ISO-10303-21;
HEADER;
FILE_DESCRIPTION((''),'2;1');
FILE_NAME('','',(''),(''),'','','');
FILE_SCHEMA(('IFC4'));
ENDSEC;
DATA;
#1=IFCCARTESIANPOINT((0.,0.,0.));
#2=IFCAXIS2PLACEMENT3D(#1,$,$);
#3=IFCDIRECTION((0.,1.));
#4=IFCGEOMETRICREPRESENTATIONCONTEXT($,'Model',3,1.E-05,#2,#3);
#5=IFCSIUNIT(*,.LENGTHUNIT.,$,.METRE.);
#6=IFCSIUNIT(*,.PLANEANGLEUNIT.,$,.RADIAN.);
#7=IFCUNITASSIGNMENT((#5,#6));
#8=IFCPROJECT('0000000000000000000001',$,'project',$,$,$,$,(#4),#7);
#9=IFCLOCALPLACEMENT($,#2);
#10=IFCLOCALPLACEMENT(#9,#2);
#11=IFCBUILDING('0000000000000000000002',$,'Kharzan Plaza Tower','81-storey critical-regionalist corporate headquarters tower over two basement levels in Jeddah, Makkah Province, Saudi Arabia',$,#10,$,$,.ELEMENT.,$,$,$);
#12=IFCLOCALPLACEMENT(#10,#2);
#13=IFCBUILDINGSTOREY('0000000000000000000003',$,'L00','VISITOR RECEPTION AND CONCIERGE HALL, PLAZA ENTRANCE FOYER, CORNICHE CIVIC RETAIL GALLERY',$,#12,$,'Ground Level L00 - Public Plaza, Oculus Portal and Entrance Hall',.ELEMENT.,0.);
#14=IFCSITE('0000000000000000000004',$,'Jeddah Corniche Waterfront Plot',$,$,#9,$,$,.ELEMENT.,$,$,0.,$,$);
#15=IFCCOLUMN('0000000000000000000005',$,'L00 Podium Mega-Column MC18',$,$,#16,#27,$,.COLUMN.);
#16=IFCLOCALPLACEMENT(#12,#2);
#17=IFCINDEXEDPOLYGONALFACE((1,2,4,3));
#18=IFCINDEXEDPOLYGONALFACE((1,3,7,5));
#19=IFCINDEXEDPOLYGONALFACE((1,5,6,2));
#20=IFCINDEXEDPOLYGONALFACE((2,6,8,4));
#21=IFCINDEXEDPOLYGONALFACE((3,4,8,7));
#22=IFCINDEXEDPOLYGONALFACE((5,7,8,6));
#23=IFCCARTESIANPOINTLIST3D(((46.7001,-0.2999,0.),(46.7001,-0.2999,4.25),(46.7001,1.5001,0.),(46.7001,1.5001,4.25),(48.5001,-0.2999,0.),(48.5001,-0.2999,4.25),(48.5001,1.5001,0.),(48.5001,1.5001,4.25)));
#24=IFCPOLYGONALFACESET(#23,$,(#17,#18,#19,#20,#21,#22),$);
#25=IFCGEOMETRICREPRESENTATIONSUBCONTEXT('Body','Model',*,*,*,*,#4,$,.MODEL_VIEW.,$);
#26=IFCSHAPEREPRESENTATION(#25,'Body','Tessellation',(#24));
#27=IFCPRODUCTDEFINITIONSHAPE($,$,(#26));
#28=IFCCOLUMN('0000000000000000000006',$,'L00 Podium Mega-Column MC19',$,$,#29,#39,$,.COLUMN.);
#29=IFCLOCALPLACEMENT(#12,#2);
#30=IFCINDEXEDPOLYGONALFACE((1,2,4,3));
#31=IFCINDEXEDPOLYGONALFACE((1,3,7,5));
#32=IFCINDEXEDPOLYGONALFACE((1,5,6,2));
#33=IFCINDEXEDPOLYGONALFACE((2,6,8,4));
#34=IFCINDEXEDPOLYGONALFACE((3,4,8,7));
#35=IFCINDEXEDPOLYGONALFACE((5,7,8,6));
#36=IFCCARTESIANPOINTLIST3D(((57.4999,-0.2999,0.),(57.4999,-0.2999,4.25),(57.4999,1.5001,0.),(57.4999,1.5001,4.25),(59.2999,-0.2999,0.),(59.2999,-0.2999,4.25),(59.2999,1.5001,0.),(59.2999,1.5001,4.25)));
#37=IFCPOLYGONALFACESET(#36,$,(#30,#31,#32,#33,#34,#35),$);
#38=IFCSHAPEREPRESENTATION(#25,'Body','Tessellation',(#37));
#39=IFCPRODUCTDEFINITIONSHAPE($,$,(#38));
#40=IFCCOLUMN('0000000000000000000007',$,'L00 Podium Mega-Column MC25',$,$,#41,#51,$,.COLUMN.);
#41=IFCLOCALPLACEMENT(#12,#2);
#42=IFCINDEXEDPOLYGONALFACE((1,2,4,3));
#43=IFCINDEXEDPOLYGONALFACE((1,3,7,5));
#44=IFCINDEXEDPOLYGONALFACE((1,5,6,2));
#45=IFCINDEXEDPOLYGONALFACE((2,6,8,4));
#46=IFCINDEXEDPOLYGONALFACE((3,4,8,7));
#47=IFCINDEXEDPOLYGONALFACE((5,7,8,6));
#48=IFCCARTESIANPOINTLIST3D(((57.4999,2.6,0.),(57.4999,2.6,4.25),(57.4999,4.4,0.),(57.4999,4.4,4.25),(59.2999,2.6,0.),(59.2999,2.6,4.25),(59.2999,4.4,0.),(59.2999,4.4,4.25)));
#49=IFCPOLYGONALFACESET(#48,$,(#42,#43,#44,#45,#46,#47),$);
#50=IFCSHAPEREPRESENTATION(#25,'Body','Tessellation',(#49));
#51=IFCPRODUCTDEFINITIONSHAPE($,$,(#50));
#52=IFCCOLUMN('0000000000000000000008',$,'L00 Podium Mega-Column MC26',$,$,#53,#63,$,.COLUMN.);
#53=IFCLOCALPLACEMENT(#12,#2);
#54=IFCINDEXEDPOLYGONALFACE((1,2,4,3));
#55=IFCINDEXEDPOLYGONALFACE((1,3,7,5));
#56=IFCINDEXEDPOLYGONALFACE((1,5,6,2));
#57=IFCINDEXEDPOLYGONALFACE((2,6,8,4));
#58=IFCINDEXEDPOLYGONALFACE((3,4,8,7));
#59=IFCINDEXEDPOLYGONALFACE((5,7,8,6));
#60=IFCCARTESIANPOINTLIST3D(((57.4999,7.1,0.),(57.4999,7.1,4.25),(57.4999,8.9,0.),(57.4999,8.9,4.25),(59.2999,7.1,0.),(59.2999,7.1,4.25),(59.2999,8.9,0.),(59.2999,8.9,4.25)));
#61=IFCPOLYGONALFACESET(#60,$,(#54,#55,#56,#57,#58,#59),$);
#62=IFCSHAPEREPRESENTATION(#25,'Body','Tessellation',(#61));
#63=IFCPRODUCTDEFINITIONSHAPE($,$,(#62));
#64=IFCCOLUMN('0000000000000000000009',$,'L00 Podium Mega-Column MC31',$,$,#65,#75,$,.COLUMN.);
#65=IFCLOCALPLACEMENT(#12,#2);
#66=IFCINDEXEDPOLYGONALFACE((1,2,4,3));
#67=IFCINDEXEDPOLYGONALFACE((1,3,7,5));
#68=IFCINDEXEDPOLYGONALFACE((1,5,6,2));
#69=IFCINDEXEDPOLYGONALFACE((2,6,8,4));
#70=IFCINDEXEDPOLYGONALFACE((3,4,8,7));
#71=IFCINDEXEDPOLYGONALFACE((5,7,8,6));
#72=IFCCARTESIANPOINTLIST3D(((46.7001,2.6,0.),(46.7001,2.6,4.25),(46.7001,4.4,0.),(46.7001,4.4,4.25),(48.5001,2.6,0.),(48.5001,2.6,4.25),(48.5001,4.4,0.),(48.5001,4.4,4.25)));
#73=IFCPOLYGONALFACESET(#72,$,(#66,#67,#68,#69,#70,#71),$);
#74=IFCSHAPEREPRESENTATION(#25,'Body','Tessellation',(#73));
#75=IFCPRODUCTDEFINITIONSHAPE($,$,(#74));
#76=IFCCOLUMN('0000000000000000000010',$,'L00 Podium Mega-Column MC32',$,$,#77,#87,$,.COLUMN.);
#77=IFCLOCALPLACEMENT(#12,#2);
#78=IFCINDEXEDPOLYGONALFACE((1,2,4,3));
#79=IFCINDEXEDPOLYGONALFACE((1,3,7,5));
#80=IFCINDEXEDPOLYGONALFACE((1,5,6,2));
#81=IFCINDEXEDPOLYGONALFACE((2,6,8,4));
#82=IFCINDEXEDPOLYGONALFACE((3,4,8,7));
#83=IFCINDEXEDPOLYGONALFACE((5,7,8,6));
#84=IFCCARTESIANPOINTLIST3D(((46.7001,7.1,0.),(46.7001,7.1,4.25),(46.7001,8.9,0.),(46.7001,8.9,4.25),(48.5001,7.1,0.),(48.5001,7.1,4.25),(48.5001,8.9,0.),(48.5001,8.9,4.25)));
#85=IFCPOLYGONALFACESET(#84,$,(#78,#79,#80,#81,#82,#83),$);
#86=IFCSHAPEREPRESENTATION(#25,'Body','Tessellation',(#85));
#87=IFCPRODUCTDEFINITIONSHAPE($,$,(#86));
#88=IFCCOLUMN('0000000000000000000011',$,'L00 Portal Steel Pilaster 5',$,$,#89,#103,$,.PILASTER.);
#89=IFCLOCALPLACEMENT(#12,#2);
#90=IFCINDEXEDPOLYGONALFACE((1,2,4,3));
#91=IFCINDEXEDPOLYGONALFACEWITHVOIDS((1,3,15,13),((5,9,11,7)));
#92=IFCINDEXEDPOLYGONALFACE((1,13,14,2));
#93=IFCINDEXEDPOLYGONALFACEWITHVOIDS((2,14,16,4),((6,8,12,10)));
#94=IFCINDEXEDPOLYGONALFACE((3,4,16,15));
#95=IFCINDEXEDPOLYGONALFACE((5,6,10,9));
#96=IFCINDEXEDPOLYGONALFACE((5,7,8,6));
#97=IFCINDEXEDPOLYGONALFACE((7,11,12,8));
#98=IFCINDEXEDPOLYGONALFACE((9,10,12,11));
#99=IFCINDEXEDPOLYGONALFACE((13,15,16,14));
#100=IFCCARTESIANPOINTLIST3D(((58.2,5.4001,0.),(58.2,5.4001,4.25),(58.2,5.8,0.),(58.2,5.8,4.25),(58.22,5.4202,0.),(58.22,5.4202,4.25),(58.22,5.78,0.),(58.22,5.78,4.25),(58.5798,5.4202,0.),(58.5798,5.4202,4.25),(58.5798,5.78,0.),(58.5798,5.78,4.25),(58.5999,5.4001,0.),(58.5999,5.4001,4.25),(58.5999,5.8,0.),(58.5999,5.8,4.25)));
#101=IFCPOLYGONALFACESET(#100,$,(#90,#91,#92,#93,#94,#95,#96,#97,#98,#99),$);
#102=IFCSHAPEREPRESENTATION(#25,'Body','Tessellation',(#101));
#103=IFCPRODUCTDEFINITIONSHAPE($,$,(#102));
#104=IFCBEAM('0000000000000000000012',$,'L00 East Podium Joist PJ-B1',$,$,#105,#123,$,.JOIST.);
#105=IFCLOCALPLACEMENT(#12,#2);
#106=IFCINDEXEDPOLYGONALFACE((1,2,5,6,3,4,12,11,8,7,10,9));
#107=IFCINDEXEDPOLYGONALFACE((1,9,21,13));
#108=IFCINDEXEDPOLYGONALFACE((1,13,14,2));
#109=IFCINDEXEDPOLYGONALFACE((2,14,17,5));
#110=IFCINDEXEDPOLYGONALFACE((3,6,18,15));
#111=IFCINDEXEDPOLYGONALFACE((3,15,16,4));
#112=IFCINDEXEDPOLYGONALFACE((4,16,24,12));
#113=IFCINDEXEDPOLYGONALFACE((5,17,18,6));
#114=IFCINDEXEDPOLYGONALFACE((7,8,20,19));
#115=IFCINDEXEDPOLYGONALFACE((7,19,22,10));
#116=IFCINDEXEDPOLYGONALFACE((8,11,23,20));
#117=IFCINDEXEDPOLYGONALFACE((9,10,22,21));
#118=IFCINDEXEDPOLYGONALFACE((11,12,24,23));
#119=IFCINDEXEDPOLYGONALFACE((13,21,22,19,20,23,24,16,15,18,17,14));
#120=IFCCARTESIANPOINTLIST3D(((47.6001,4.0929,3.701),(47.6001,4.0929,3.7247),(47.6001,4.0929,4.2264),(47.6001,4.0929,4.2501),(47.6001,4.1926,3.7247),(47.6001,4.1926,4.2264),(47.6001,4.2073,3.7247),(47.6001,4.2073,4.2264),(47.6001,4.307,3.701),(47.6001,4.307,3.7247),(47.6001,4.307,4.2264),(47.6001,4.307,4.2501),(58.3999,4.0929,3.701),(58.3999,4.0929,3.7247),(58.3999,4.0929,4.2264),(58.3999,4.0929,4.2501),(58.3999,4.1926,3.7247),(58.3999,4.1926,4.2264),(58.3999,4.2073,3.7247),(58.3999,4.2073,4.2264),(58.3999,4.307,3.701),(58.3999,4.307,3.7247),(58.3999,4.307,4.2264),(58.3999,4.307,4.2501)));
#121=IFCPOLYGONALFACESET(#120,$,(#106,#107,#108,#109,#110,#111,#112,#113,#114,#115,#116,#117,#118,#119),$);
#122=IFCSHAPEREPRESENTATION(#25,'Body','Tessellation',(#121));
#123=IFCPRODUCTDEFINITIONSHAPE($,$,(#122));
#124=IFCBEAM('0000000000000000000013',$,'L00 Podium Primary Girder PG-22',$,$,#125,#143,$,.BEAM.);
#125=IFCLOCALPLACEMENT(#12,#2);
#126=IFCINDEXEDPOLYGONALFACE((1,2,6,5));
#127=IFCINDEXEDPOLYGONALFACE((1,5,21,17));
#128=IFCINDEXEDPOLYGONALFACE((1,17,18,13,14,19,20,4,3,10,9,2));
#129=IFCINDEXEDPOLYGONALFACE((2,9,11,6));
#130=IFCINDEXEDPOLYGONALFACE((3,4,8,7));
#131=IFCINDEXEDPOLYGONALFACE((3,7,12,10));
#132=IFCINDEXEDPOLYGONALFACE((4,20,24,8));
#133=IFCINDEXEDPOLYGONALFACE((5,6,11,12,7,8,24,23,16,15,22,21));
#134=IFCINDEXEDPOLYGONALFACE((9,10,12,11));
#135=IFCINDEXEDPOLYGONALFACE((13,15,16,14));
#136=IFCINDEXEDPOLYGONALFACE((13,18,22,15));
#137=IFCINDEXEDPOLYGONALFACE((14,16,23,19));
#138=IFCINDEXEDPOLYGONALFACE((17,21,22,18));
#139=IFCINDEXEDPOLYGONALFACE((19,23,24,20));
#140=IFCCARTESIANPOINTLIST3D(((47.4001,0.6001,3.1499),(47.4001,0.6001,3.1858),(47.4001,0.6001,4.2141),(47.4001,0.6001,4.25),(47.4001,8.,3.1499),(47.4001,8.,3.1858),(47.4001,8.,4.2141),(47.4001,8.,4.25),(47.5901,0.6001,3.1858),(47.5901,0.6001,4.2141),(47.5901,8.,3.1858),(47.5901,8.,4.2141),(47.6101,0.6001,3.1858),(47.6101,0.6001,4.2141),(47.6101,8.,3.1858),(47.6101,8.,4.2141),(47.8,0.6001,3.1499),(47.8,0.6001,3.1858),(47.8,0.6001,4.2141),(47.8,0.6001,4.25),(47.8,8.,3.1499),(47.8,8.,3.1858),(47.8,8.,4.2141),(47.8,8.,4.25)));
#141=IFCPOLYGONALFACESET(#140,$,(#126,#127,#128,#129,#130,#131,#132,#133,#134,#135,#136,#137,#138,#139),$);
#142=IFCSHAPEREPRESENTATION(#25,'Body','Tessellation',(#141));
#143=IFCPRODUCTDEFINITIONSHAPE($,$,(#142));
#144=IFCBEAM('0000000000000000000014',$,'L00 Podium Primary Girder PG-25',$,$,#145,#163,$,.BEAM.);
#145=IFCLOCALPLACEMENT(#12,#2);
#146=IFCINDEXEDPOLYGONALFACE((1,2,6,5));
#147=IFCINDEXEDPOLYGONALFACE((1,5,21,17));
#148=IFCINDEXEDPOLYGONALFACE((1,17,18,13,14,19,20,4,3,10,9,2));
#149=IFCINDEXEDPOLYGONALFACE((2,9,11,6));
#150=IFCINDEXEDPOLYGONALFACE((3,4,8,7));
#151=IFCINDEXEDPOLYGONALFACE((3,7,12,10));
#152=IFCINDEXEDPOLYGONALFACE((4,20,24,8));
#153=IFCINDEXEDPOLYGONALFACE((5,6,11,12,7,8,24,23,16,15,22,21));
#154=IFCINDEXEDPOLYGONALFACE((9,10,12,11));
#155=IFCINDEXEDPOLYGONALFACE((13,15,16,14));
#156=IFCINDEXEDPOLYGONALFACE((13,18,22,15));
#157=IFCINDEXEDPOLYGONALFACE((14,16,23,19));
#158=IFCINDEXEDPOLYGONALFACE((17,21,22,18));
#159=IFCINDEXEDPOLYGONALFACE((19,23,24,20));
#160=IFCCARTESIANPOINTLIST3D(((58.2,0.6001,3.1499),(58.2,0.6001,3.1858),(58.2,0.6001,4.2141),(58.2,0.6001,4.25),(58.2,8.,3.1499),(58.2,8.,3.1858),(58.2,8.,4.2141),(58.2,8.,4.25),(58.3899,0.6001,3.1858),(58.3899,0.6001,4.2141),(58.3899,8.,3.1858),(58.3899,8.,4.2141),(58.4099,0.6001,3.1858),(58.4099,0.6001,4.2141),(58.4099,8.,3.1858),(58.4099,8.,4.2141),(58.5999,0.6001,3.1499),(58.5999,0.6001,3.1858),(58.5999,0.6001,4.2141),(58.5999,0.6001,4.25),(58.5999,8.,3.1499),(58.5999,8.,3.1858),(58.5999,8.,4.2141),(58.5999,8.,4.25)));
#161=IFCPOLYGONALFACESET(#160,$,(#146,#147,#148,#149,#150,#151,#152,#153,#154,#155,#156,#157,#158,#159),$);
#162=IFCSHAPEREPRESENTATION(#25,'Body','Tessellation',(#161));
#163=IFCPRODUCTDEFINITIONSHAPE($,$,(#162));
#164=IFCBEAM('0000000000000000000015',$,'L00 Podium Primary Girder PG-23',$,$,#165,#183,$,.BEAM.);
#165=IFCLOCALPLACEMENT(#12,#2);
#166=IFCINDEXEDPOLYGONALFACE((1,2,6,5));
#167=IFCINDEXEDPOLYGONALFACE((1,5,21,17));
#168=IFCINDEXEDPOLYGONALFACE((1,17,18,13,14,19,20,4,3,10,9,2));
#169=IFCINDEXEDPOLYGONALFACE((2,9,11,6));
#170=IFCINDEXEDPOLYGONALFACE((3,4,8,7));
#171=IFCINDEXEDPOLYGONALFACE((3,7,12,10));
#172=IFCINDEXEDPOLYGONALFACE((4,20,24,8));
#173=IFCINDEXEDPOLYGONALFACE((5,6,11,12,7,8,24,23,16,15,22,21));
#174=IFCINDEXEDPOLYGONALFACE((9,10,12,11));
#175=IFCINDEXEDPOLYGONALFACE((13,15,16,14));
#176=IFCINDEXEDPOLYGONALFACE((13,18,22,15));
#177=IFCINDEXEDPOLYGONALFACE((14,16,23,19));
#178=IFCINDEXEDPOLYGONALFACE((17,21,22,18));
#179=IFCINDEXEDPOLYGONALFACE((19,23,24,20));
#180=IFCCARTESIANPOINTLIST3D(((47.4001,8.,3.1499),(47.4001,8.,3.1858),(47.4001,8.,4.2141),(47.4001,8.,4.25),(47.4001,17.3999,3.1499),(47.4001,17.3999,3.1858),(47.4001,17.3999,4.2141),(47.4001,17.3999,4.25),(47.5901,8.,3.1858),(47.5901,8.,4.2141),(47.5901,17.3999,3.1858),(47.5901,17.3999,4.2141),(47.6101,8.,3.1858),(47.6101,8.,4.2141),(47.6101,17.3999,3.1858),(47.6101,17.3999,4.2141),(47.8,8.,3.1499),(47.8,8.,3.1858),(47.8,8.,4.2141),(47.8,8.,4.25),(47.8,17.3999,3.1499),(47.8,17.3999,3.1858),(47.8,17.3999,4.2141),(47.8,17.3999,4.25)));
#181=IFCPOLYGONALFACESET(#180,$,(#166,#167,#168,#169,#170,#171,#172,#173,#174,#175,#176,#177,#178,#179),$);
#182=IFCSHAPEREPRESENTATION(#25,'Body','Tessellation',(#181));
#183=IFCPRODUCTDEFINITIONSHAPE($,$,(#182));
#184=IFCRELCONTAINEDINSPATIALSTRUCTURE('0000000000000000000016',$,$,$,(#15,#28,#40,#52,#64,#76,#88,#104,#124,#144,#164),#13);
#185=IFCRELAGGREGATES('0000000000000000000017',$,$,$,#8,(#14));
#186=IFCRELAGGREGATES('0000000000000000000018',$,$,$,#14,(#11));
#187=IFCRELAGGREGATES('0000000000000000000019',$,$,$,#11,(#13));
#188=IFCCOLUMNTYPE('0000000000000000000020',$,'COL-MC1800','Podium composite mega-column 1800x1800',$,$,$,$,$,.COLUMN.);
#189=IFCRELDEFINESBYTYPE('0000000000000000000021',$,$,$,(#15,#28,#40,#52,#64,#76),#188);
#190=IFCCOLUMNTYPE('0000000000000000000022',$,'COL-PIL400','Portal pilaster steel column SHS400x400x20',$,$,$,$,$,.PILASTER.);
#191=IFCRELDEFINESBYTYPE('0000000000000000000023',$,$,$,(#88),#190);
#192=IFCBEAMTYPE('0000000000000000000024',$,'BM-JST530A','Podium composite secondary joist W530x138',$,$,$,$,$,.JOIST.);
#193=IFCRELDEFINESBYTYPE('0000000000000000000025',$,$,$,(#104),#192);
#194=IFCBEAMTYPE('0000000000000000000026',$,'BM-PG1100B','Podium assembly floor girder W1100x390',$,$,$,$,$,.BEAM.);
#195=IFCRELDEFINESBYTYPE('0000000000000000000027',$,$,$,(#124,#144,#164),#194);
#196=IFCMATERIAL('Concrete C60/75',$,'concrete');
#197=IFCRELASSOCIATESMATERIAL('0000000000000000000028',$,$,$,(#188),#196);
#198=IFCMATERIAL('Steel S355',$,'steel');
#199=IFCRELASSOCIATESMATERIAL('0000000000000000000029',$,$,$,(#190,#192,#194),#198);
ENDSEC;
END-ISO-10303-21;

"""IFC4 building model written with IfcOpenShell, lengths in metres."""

from ifc_helpers import new_model, si_unit, direction, frame, origin, origin_2d, place, context, subcontext, project, spatial, rectangle, hollow_rectangle, i_section, extrude, source, transform, mapped, material, material_profile, profile_set, type_object, element, save


model = new_model("IFC4")

# Units and contexts
model_context = context("Model", 3, precision=1e-05, world=origin(), true_north=direction((0.0, 1.0)))
body_context = subcontext(model_context, "Body", "Model", "MODEL_VIEW")
ifc_project = project(units=[si_unit("LENGTHUNIT", "METRE"), si_unit("PLANEANGLEUNIT", "RADIAN")], contexts=[model_context])

# Site, building, storey
site_placement = place(None, origin())
site = spatial("IfcSite", under=ifc_project, at=site_placement, Name="Jeddah Corniche Waterfront Plot", CompositionType="ELEMENT", RefElevation=0.0)
building_placement = place(site_placement, origin())
building = spatial("IfcBuilding", under=site, at=building_placement, Name="Kharzan Plaza Tower", Description="81-storey critical-regionalist corporate headquarters tower over two basement levels in Jeddah, Makkah Province, Saudi Arabia", CompositionType="ELEMENT")
storey_placement = place(building_placement, origin())
storey = spatial("IfcBuildingStorey", under=building, at=storey_placement, Name="L00", Description="VISITOR RECEPTION AND CONCIERGE HALL, PLAZA ENTRANCE FOYER, CORNICHE CIVIC RETAIL GALLERY", LongName="Ground Level L00 - Public Plaza, Oculus Portal and Entrance Hall", CompositionType="ELEMENT", Elevation=0.0)

# Columns
ifc_material_1 = material(Name="Concrete C60/75", Category="concrete")
ifc_material_profile_1 = material_profile(ifc_material_1, rectangle(XDim=1.8, YDim=1.8, at=origin_2d()), Name="RC-MC1800x1800")
ifc_profile_set_1 = profile_set([ifc_material_profile_1], Name="Concrete C60/75")
column_type_1 = type_object("IfcColumnType", Name="COL-MC1800", Description="Podium composite mega-column 1800x1800", PredefinedType="COLUMN", material=ifc_profile_set_1)
shared_shape_1 = source(origin(), body_context, "Body", "SweptSolid", [
    extrude(rectangle(XDim=1.8, YDim=1.8, at=origin_2d()), origin(), (0.0, 0.0, 1.0), 4.25),
])
for number, where, z_axis, x_axis, name in (
    (1, (47.6001, 0.6001, 0.0), (0.0, 0.0, 1.0), (1.0, 0.0, 0.0), "L00 Podium Mega-Column MC18"),
    (2, (58.3999, 0.6001, 0.0), (0.0, 0.0, 1.0), (1.0, 0.0, 0.0), "L00 Podium Mega-Column MC19"),
    (3, (58.3999, 3.5, 0.0), (0.0, 0.0, 1.0), (1.0, 0.0, 0.0), "L00 Podium Mega-Column MC25"),
    (4, (58.3999, 8.0, 0.0), (0.0, 0.0, 1.0), (1.0, 0.0, 0.0), "L00 Podium Mega-Column MC26"),
    (5, (47.6001, 3.5, 0.0), (0.0, 0.0, 1.0), (1.0, 0.0, 0.0), "L00 Podium Mega-Column MC31"),
    (6, (47.6001, 8.0, 0.0), (0.0, 0.0, 1.0), (1.0, 0.0, 0.0), "L00 Podium Mega-Column MC32"),
):
    element("IfcColumn", number, at=place(storey_placement, frame(where, z_axis=z_axis, x_axis=x_axis)), inside=storey, type_object=column_type_1, Name=name, PredefinedType="COLUMN", context=body_context, shape_type="MappedRepresentation", body=[
        mapped(shared_shape_1, transform((0.0, 0.0, 0.0), x_axis=(1.0, 0.0, 0.0), y_axis=(0.0, 1.0, 0.0), z_axis=(0.0, 0.0, 1.0))),
    ])
ifc_material_2 = material(Name="Steel S355", Category="steel")
ifc_material_profile_2 = material_profile(ifc_material_2, hollow_rectangle(XDim=0.3999, YDim=0.3999, WallThickness=0.02, at=origin_2d()), Name="SHS400x400x20")
ifc_profile_set_2 = profile_set([ifc_material_profile_2], Name="Steel S355")
column_type_2 = type_object("IfcColumnType", Name="COL-PIL400", Description="Portal pilaster steel column SHS400x400x20", PredefinedType="PILASTER", material=ifc_profile_set_2)
shared_shape_2 = source(origin(), body_context, "Body", "SweptSolid", [
    extrude(hollow_rectangle(XDim=0.3999, YDim=0.3999, WallThickness=0.02, at=origin_2d()), origin(), (0.0, 0.0, 1.0), 4.25),
])
column_placement = place(storey_placement, frame((58.3999, 5.6001, 0.0), z_axis=(0.0, 0.0, 1.0), x_axis=(1.0, 0.0, 0.0)))
element("IfcColumn", 7, at=column_placement, inside=storey, type_object=column_type_2, Name="L00 Portal Steel Pilaster 5", PredefinedType="PILASTER", context=body_context, shape_type="MappedRepresentation", body=[
    mapped(shared_shape_2, transform((0.0, 0.0, 0.0), x_axis=(1.0, 0.0, 0.0), y_axis=(0.0, 1.0, 0.0), z_axis=(0.0, 0.0, 1.0))),
])

# Beams
ifc_material_profile_3 = material_profile(ifc_material_2, i_section(OverallWidth=0.2141, OverallDepth=0.5491, WebThickness=0.0146, FlangeThickness=0.0237, at=origin_2d()), Name="W530x138")
ifc_profile_set_3 = profile_set([ifc_material_profile_3], Name="Steel S355")
beam_type_1 = type_object("IfcBeamType", Name="BM-JST530A", Description="Podium composite secondary joist W530x138", PredefinedType="JOIST", material=ifc_profile_set_3)
shared_shape_3 = source(origin(), body_context, "Body", "SweptSolid", [
    extrude(i_section(OverallWidth=0.2141, OverallDepth=0.5491, WebThickness=0.0146, FlangeThickness=0.0237, at=origin_2d()), origin(), (0.0, 0.0, 1.0), 10.7998),
])
beam_placement = place(storey_placement, frame((47.6001, 4.2, 3.9756), z_axis=(1.0, 0.0, 0.0), x_axis=(0.0, 1.0, 0.0)))
element("IfcBeam", 8, at=beam_placement, inside=storey, type_object=beam_type_1, Name="L00 East Podium Joist PJ-B1", PredefinedType="JOIST", context=body_context, shape_type="MappedRepresentation", body=[
    mapped(shared_shape_3, transform((0.0, 0.0, 0.0), x_axis=(1.0, 0.0, 0.0), y_axis=(0.0, 1.0, 0.0), z_axis=(0.0, 0.0, 1.0))),
])
ifc_material_profile_4 = material_profile(ifc_material_2, i_section(OverallWidth=0.3999, OverallDepth=1.1001, WebThickness=0.02, FlangeThickness=0.0359, at=origin_2d()), Name="W1100x390")
ifc_profile_set_4 = profile_set([ifc_material_profile_4], Name="Steel S355")
beam_type_2 = type_object("IfcBeamType", Name="BM-PG1100B", Description="Podium assembly floor girder W1100x390", PredefinedType="BEAM", material=ifc_profile_set_4)
shared_shape_4 = source(origin(), body_context, "Body", "SweptSolid", [
    extrude(i_section(OverallWidth=0.3999, OverallDepth=1.1001, WebThickness=0.02, FlangeThickness=0.0359, at=origin_2d()), origin(), (0.0, 0.0, 1.0), 7.3999),
])
for number, where, z_axis, x_axis, name in (
    (9, (47.6001, 0.6001, 3.7), (0.0, 1.0, 0.0), (-1.0, 0.0, 0.0), "L00 Podium Primary Girder PG-22"),
    (10, (58.3999, 0.6001, 3.7), (0.0, 1.0, 0.0), (-1.0, 0.0, 0.0), "L00 Podium Primary Girder PG-25"),
):
    element("IfcBeam", number, at=place(storey_placement, frame(where, z_axis=z_axis, x_axis=x_axis)), inside=storey, type_object=beam_type_2, Name=name, PredefinedType="BEAM", context=body_context, shape_type="MappedRepresentation", body=[
        mapped(shared_shape_4, transform((0.0, 0.0, 0.0), x_axis=(1.0, 0.0, 0.0), y_axis=(0.0, 1.0, 0.0), z_axis=(0.0, 0.0, 1.0))),
    ])
shared_shape_5 = source(origin(), body_context, "Body", "SweptSolid", [
    extrude(i_section(OverallWidth=0.3999, OverallDepth=1.1001, WebThickness=0.02, FlangeThickness=0.0359, at=origin_2d()), origin(), (0.0, 0.0, 1.0), 9.3999),
])
for number, where, z_axis, x_axis, name in (
    (11, (47.6001, 8.0, 3.7), (0.0, 1.0, 0.0), (-1.0, 0.0, 0.0), "L00 Podium Primary Girder PG-23"),
):
    element("IfcBeam", number, at=place(storey_placement, frame(where, z_axis=z_axis, x_axis=x_axis)), inside=storey, type_object=beam_type_2, Name=name, PredefinedType="BEAM", context=body_context, shape_type="MappedRepresentation", body=[
        mapped(shared_shape_5, transform((0.0, 0.0, 0.0), x_axis=(1.0, 0.0, 0.0), y_axis=(0.0, 1.0, 0.0), z_axis=(0.0, 0.0, 1.0))),
    ])

save(model, "model.ifc")
